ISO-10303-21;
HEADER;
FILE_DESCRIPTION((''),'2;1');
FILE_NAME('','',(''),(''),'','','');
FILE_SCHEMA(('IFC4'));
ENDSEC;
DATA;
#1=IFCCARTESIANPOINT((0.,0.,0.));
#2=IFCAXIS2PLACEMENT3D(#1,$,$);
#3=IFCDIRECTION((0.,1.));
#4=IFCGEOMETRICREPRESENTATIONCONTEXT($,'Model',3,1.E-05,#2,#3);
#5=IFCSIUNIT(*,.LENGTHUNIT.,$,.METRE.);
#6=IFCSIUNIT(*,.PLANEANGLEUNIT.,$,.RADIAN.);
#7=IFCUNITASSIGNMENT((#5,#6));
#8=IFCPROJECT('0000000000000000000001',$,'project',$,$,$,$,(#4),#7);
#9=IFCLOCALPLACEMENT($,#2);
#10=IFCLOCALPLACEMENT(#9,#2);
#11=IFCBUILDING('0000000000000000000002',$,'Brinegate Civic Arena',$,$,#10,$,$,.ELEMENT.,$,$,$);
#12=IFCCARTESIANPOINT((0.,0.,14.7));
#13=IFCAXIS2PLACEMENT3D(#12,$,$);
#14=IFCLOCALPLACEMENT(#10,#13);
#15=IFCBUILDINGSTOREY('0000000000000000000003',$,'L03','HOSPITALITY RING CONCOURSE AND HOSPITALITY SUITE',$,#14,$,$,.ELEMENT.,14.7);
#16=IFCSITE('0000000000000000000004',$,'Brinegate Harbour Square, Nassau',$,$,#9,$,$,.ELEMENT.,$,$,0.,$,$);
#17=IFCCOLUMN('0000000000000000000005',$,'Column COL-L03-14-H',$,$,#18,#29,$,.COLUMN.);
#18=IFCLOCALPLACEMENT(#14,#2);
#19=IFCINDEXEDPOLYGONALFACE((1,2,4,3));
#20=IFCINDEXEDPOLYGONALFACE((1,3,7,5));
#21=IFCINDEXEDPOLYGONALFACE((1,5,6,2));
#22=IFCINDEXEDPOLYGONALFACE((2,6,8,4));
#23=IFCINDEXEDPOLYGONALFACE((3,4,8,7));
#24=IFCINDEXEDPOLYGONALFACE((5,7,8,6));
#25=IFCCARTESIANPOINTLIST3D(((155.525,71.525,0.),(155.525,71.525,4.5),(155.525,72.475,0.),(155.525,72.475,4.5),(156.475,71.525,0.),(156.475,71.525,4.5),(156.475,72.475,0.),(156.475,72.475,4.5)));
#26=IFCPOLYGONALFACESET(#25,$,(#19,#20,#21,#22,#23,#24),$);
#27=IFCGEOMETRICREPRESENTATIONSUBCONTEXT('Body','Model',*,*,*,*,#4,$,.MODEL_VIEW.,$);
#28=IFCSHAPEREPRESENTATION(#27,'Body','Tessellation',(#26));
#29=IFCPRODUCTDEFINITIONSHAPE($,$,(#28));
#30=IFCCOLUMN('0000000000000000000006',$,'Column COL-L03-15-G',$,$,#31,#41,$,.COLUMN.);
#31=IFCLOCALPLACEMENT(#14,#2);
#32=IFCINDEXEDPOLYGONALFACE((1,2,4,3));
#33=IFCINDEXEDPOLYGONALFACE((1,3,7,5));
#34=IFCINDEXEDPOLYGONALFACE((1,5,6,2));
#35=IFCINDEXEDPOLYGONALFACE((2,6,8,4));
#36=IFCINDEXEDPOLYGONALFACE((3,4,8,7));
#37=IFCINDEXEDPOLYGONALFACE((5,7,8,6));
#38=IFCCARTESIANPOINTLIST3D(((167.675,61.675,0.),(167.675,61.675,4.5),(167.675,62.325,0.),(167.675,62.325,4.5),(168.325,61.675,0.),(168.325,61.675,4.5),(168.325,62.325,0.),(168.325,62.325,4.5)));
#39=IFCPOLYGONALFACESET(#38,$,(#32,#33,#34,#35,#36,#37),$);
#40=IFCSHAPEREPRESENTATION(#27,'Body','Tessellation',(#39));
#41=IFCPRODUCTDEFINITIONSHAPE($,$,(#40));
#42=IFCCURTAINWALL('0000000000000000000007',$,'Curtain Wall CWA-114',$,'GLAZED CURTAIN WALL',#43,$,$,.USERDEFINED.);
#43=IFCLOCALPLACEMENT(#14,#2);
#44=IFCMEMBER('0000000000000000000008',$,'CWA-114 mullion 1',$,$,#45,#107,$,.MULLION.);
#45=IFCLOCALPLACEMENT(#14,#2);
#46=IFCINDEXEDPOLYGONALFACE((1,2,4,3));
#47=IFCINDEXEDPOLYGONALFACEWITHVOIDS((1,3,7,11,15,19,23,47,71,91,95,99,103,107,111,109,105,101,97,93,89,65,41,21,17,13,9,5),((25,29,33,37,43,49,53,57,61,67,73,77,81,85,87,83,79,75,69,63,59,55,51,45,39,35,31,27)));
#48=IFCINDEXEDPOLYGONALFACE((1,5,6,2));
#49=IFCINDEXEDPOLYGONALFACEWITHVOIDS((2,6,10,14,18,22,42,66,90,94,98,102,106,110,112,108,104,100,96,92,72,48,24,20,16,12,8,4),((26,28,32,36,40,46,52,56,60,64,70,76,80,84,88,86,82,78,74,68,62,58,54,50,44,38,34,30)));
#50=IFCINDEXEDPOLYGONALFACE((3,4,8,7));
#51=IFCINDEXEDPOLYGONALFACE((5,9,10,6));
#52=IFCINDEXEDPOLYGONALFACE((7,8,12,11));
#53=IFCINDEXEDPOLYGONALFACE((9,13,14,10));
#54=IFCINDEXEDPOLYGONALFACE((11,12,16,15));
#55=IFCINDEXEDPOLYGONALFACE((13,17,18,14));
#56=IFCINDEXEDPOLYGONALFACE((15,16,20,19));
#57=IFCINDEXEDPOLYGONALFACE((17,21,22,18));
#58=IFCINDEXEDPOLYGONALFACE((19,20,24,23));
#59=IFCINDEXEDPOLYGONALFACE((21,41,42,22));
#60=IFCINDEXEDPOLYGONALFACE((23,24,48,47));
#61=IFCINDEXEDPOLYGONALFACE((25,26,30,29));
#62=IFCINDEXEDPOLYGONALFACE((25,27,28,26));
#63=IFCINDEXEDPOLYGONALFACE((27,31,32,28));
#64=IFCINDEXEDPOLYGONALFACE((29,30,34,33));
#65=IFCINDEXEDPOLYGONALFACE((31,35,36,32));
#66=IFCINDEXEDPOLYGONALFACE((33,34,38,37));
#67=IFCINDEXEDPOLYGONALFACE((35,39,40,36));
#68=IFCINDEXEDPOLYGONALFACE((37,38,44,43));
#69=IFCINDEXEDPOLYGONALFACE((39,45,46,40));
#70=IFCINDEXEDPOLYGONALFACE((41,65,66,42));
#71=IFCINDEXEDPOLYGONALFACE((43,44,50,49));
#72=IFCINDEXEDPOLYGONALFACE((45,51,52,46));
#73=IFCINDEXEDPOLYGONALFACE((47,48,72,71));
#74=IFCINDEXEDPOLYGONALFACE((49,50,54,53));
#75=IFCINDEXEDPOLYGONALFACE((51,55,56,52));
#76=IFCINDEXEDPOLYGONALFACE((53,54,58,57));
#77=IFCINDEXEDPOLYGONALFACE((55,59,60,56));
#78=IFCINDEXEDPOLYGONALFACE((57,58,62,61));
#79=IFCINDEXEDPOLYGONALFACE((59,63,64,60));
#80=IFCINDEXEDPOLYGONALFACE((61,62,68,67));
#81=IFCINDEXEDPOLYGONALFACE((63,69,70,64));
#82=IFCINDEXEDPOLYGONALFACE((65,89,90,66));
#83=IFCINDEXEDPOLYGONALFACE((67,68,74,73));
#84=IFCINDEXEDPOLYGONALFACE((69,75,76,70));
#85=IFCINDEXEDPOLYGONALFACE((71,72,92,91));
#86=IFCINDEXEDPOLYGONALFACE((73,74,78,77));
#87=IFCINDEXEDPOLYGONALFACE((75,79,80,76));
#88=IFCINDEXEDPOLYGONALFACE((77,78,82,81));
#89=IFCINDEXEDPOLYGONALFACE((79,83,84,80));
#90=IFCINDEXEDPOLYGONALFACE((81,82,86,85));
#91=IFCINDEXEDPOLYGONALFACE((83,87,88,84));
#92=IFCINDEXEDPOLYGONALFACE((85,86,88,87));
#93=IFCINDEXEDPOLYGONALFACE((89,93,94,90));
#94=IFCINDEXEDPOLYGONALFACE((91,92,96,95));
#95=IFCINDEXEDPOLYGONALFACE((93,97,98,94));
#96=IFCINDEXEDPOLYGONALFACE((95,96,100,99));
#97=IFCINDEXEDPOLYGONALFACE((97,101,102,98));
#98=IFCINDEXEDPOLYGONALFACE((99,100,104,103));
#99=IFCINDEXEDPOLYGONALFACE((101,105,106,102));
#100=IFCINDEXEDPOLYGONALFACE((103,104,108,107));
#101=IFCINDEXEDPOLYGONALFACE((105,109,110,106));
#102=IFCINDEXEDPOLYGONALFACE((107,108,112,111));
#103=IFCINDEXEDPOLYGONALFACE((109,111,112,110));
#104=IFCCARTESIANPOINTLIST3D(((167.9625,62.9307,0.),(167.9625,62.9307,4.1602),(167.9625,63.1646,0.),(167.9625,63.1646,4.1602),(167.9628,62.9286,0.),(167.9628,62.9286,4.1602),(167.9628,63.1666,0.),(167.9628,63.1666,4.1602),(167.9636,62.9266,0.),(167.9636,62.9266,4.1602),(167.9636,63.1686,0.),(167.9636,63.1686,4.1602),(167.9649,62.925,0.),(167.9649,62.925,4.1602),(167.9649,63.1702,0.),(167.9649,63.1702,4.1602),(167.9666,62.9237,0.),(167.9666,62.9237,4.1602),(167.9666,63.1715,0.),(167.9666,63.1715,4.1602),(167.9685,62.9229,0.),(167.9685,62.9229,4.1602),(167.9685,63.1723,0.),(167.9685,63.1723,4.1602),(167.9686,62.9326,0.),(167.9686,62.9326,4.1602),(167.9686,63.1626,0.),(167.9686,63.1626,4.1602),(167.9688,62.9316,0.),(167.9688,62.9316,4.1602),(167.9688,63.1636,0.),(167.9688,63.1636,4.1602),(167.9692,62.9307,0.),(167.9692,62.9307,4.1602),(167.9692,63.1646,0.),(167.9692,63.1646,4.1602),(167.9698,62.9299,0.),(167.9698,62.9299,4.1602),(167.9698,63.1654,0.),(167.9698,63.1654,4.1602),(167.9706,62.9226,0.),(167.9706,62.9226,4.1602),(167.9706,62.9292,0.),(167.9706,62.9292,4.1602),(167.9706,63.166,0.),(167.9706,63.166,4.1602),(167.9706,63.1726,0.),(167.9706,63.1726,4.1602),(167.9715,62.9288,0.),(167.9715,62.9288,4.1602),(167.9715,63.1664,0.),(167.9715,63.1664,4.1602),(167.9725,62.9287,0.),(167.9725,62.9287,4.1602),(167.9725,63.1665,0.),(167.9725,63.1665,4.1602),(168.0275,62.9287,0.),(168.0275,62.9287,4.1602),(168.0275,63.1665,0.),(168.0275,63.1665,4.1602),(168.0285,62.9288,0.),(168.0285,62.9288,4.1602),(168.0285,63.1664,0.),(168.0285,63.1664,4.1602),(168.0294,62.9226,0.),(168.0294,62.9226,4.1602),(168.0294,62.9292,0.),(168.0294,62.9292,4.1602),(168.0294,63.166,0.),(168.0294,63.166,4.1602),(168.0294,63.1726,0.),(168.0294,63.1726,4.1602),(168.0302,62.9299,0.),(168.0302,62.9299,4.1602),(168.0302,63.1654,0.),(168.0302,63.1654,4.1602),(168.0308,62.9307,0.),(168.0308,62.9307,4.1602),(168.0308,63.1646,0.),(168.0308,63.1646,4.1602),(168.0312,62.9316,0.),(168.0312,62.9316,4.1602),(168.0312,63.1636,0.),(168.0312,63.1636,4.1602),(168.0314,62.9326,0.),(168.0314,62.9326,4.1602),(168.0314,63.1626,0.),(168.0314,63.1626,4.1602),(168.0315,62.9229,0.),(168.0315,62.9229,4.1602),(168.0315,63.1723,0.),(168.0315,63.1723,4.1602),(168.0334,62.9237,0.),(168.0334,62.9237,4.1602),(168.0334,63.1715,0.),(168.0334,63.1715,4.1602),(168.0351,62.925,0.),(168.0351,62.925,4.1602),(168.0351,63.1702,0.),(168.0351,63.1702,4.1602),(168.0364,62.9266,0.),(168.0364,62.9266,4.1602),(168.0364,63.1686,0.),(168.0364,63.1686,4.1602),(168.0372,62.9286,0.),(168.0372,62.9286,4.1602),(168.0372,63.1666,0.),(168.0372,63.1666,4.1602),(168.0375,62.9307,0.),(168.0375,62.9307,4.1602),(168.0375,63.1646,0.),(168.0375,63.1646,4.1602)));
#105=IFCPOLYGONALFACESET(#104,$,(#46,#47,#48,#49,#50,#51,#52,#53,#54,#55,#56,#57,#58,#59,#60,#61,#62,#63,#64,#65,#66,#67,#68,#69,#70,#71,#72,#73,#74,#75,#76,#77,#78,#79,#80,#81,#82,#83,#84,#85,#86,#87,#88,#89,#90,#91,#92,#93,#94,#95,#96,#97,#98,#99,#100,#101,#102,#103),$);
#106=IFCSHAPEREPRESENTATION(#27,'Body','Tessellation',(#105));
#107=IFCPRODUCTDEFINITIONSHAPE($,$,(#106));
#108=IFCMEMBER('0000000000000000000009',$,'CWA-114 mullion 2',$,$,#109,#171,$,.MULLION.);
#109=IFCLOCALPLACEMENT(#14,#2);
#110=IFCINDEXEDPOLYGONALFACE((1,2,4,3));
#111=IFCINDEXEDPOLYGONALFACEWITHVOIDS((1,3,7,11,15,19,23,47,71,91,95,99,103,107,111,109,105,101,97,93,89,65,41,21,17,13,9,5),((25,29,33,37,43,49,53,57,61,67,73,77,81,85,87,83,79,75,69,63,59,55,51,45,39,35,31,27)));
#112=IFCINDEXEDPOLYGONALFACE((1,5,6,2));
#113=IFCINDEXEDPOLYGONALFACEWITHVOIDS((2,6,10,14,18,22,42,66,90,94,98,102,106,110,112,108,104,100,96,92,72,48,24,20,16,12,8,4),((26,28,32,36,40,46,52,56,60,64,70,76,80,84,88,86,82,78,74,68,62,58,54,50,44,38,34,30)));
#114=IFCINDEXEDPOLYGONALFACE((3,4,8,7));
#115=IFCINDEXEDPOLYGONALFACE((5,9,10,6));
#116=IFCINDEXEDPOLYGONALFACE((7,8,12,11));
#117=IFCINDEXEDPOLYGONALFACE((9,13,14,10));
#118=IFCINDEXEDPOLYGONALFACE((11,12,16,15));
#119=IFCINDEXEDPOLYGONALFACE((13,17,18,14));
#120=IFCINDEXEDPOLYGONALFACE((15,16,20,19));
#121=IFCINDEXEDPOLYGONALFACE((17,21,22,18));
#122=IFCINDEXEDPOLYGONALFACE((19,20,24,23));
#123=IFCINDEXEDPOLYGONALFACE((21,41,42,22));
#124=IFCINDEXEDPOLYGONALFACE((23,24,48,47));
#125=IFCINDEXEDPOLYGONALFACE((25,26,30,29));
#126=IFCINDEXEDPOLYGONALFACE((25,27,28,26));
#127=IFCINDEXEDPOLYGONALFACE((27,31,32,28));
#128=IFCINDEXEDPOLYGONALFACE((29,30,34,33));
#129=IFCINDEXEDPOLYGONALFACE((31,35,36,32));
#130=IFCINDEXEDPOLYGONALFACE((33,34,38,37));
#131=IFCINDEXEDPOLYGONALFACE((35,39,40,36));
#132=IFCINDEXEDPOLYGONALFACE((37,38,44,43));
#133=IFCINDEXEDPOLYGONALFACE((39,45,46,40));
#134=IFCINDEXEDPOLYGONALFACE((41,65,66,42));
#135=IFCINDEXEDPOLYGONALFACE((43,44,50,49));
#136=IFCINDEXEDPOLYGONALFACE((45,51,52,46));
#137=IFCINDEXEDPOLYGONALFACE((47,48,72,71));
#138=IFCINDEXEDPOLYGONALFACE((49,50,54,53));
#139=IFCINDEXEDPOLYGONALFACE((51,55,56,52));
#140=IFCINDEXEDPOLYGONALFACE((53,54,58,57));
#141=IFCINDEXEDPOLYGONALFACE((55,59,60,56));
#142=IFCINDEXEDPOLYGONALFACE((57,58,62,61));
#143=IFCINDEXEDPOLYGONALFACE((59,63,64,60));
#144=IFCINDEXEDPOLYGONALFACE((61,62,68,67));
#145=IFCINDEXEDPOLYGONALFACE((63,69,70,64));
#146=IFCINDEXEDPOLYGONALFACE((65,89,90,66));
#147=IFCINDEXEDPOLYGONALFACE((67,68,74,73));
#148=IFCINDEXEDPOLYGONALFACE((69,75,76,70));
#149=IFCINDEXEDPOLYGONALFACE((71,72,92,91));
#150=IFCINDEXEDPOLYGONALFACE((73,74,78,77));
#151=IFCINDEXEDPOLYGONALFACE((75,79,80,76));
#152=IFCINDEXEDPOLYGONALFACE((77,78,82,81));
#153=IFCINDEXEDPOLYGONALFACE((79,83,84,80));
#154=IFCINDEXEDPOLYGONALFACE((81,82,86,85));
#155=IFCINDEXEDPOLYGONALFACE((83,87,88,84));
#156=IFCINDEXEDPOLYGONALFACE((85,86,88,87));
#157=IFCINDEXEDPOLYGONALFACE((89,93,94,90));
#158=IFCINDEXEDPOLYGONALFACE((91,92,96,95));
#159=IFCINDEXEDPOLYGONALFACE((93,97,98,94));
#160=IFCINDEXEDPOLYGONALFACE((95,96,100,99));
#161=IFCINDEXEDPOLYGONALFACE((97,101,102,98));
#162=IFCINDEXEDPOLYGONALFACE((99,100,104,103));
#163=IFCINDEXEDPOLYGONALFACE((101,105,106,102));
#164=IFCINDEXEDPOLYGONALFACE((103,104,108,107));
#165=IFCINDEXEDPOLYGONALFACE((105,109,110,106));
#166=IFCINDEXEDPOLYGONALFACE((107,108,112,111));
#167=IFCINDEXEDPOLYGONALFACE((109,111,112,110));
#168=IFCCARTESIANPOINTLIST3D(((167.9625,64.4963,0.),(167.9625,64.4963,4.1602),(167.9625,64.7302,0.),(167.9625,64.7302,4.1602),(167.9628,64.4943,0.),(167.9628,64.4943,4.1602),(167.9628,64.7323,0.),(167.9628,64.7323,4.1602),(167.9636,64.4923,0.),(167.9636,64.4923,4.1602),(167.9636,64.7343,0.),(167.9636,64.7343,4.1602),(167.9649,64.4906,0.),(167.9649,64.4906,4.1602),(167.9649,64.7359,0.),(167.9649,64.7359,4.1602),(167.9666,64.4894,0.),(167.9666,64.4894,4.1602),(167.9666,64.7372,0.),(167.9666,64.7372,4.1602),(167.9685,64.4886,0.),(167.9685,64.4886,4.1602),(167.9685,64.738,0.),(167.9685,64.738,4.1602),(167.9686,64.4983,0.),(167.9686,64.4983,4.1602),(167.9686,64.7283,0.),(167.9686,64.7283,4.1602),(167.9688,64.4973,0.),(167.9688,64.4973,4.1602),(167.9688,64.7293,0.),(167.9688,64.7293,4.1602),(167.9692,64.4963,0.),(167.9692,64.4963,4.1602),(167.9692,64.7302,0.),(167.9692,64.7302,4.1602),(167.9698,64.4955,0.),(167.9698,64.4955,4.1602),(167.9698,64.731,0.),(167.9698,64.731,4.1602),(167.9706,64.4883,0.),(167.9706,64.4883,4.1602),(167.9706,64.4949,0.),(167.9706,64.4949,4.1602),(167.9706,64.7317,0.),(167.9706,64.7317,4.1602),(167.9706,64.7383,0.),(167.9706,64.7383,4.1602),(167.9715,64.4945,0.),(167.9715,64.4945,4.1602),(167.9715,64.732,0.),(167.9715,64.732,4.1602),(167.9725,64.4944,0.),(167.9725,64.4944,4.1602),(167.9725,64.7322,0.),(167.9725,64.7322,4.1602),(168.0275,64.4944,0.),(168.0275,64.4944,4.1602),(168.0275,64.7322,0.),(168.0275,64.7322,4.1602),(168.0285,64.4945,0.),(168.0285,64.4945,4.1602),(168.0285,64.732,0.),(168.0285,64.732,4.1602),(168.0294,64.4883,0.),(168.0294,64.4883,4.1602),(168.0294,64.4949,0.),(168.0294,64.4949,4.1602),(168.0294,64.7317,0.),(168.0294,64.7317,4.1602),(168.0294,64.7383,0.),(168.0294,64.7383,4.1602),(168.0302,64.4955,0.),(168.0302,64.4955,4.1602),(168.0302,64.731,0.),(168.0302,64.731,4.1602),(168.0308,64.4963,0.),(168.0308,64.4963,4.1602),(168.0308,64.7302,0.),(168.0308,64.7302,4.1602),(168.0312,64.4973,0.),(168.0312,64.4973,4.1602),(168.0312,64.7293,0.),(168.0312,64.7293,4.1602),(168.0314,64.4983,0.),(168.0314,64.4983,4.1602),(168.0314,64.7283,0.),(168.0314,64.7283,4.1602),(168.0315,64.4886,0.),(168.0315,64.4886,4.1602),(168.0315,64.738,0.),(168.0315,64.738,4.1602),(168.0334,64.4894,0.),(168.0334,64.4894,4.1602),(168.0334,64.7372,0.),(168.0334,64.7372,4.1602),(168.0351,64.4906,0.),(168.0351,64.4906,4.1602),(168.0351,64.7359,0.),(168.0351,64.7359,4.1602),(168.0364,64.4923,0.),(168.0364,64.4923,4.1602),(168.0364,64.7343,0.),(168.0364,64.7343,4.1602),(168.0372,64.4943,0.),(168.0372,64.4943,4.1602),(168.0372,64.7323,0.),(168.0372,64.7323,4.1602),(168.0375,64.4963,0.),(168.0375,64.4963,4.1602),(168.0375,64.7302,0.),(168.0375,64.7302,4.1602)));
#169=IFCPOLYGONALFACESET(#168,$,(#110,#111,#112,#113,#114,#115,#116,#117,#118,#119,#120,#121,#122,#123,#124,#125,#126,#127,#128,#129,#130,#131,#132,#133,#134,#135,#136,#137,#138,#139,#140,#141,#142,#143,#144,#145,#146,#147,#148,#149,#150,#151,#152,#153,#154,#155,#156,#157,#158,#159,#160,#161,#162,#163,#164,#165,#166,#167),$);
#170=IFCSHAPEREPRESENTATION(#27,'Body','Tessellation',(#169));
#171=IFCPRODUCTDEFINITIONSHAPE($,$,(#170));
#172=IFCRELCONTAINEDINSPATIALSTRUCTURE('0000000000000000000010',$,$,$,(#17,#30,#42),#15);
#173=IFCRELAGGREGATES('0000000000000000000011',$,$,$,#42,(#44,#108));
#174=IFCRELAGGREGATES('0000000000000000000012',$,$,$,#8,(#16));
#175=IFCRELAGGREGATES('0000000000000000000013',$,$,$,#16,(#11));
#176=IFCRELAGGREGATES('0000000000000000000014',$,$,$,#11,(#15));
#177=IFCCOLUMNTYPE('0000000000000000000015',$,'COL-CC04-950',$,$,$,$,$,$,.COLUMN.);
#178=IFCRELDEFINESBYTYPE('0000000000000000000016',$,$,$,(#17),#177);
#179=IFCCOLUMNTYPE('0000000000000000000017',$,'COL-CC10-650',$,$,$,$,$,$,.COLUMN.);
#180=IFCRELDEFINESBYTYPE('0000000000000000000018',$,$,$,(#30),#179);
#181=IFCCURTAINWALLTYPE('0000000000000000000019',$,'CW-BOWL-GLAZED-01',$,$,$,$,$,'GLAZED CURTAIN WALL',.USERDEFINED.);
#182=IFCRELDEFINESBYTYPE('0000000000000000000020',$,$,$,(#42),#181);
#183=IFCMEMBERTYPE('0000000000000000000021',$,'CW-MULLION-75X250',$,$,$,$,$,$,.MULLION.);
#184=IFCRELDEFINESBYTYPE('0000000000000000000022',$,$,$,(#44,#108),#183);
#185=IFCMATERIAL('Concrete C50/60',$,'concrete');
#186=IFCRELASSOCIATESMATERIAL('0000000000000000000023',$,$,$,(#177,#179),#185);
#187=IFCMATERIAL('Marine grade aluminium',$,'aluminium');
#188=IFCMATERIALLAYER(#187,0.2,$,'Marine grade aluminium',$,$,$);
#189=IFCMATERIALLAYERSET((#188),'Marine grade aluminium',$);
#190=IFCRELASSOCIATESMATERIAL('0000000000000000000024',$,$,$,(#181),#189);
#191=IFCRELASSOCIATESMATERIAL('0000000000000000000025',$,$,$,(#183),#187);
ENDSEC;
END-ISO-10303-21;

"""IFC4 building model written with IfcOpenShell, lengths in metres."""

from ifc_helpers import new_model, si_unit, direction, frame, origin, origin_2d, place, context, subcontext, project, spatial, rectangle, hollow_rectangle, extrude, material, layer, layer_set, material_profile, profile_set, type_object, element, aggregate, save


model = new_model("IFC4")

# Units and contexts
model_context = context("Model", 3, precision=1e-05, world=origin(), true_north=direction((0.0, 1.0)))
body_context = subcontext(model_context, "Body", "Model", "MODEL_VIEW")
ifc_project = project(units=[si_unit("LENGTHUNIT", "METRE"), si_unit("PLANEANGLEUNIT", "RADIAN")], contexts=[model_context])

# Site, building, storey
site_placement = place(None, origin())
site = spatial("IfcSite", under=ifc_project, at=site_placement, Name="Brinegate Harbour Square, Nassau", CompositionType="ELEMENT", RefElevation=0.0)
building_placement = place(site_placement, origin())
building = spatial("IfcBuilding", under=site, at=building_placement, Name="Brinegate Civic Arena", CompositionType="ELEMENT")
storey_placement = place(building_placement, frame((0.0, 0.0, 14.7)))
storey = spatial("IfcBuildingStorey", under=building, at=storey_placement, Name="L03", Description="HOSPITALITY RING CONCOURSE AND HOSPITALITY SUITE", CompositionType="ELEMENT", Elevation=14.7)

# Columns
ifc_material_1 = material(Name="Concrete C50/60", Category="concrete")
ifc_material_profile_1 = material_profile(ifc_material_1, rectangle(XDim=0.95, YDim=0.95, at=origin_2d()), Name="RC950X950")
ifc_profile_set_1 = profile_set([ifc_material_profile_1], Name="Concrete C50/60")
column_type_1 = type_object("IfcColumnType", Name="COL-CC04-950", PredefinedType="COLUMN", material=ifc_profile_set_1)
column_1_placement = place(storey_placement, frame((156.0, 72.0, 0.0), z_axis=(0.0, 0.0, 1.0), x_axis=(1.0, 0.0, 0.0)))
element("IfcColumn", 1, at=column_1_placement, inside=storey, type_object=column_type_1, Name="Column COL-L03-14-H", PredefinedType="COLUMN", context=body_context, shape_type="SweptSolid", body=[
    extrude(rectangle(XDim=0.95, YDim=0.95, at=origin_2d()), origin(), (0.0, 0.0, 1.0), 4.5),
])
ifc_material_profile_2 = material_profile(ifc_material_1, rectangle(XDim=0.6499, YDim=0.6499, at=origin_2d()), Name="RC650X650")
ifc_profile_set_2 = profile_set([ifc_material_profile_2], Name="Concrete C50/60")
column_type_2 = type_object("IfcColumnType", Name="COL-CC10-650", PredefinedType="COLUMN", material=ifc_profile_set_2)
column_2_placement = place(storey_placement, frame((168.0, 62.0, 0.0), z_axis=(0.0, 0.0, 1.0), x_axis=(1.0, 0.0, 0.0)))
element("IfcColumn", 2, at=column_2_placement, inside=storey, type_object=column_type_2, Name="Column COL-L03-15-G", PredefinedType="COLUMN", context=body_context, shape_type="SweptSolid", body=[
    extrude(rectangle(XDim=0.6499, YDim=0.6499, at=origin_2d()), origin(), (0.0, 0.0, 1.0), 4.5),
])

# Curtain wall, members
ifc_material_2 = material(Name="Marine grade aluminium", Category="aluminium")
ifc_layer_1 = layer(ifc_material_2, 0.2, Name="Marine grade aluminium")
ifc_layer_set_1 = layer_set([ifc_layer_1], Name="Marine grade aluminium")
curtain_wall_type = type_object("IfcCurtainWallType", Name="CW-BOWL-GLAZED-01", ElementType="GLAZED CURTAIN WALL", PredefinedType="USERDEFINED", material=ifc_layer_set_1)
curtain_wall_placement = place(storey_placement, origin())
curtain_wall = element("IfcCurtainWall", 3, at=curtain_wall_placement, inside=storey, type_object=curtain_wall_type, Name="Curtain Wall CWA-114", ObjectType="GLAZED CURTAIN WALL", PredefinedType="USERDEFINED")
ifc_material_profile_3 = material_profile(ifc_material_2, hollow_rectangle(XDim=0.075, YDim=0.25, WallThickness=0.0061, InnerFilletRadius=0.0039, OuterFilletRadius=0.0081, at=origin_2d()), Name="MUL75X250")
ifc_profile_set_3 = profile_set([ifc_material_profile_3], Name="Marine grade aluminium")
member_type_1 = type_object("IfcMemberType", Name="CW-MULLION-75X250", PredefinedType="MULLION", material=ifc_profile_set_3)
member_1_placement = place(storey_placement, frame((168.0, 63.0476, 0.0), z_axis=(0.0, 0.0, 1.0), x_axis=(-1.0, 0.0, 0.0)))
member_1 = element("IfcMember", 4, at=member_1_placement, type_object=member_type_1, Name="CWA-114 mullion 1", PredefinedType="MULLION", context=body_context, shape_type="SweptSolid", body=[
    extrude(hollow_rectangle(XDim=0.075, YDim=0.25, WallThickness=0.0061, InnerFilletRadius=0.0039, OuterFilletRadius=0.0081, at=origin_2d()), origin(), (0.0, 0.0, 1.0), 4.1602),
])
member_2_placement = place(storey_placement, frame((168.0, 64.6133, 0.0), z_axis=(0.0, 0.0, 1.0), x_axis=(-1.0, 0.0, 0.0)))
member_2 = element("IfcMember", 5, at=member_2_placement, type_object=member_type_1, Name="CWA-114 mullion 2", PredefinedType="MULLION", context=body_context, shape_type="SweptSolid", body=[
    extrude(hollow_rectangle(XDim=0.075, YDim=0.25, WallThickness=0.0061, InnerFilletRadius=0.0039, OuterFilletRadius=0.0081, at=origin_2d()), origin(), (0.0, 0.0, 1.0), 4.1602),
])

aggregate(curtain_wall, [member_1, member_2])

save(model, "model.ifc")
